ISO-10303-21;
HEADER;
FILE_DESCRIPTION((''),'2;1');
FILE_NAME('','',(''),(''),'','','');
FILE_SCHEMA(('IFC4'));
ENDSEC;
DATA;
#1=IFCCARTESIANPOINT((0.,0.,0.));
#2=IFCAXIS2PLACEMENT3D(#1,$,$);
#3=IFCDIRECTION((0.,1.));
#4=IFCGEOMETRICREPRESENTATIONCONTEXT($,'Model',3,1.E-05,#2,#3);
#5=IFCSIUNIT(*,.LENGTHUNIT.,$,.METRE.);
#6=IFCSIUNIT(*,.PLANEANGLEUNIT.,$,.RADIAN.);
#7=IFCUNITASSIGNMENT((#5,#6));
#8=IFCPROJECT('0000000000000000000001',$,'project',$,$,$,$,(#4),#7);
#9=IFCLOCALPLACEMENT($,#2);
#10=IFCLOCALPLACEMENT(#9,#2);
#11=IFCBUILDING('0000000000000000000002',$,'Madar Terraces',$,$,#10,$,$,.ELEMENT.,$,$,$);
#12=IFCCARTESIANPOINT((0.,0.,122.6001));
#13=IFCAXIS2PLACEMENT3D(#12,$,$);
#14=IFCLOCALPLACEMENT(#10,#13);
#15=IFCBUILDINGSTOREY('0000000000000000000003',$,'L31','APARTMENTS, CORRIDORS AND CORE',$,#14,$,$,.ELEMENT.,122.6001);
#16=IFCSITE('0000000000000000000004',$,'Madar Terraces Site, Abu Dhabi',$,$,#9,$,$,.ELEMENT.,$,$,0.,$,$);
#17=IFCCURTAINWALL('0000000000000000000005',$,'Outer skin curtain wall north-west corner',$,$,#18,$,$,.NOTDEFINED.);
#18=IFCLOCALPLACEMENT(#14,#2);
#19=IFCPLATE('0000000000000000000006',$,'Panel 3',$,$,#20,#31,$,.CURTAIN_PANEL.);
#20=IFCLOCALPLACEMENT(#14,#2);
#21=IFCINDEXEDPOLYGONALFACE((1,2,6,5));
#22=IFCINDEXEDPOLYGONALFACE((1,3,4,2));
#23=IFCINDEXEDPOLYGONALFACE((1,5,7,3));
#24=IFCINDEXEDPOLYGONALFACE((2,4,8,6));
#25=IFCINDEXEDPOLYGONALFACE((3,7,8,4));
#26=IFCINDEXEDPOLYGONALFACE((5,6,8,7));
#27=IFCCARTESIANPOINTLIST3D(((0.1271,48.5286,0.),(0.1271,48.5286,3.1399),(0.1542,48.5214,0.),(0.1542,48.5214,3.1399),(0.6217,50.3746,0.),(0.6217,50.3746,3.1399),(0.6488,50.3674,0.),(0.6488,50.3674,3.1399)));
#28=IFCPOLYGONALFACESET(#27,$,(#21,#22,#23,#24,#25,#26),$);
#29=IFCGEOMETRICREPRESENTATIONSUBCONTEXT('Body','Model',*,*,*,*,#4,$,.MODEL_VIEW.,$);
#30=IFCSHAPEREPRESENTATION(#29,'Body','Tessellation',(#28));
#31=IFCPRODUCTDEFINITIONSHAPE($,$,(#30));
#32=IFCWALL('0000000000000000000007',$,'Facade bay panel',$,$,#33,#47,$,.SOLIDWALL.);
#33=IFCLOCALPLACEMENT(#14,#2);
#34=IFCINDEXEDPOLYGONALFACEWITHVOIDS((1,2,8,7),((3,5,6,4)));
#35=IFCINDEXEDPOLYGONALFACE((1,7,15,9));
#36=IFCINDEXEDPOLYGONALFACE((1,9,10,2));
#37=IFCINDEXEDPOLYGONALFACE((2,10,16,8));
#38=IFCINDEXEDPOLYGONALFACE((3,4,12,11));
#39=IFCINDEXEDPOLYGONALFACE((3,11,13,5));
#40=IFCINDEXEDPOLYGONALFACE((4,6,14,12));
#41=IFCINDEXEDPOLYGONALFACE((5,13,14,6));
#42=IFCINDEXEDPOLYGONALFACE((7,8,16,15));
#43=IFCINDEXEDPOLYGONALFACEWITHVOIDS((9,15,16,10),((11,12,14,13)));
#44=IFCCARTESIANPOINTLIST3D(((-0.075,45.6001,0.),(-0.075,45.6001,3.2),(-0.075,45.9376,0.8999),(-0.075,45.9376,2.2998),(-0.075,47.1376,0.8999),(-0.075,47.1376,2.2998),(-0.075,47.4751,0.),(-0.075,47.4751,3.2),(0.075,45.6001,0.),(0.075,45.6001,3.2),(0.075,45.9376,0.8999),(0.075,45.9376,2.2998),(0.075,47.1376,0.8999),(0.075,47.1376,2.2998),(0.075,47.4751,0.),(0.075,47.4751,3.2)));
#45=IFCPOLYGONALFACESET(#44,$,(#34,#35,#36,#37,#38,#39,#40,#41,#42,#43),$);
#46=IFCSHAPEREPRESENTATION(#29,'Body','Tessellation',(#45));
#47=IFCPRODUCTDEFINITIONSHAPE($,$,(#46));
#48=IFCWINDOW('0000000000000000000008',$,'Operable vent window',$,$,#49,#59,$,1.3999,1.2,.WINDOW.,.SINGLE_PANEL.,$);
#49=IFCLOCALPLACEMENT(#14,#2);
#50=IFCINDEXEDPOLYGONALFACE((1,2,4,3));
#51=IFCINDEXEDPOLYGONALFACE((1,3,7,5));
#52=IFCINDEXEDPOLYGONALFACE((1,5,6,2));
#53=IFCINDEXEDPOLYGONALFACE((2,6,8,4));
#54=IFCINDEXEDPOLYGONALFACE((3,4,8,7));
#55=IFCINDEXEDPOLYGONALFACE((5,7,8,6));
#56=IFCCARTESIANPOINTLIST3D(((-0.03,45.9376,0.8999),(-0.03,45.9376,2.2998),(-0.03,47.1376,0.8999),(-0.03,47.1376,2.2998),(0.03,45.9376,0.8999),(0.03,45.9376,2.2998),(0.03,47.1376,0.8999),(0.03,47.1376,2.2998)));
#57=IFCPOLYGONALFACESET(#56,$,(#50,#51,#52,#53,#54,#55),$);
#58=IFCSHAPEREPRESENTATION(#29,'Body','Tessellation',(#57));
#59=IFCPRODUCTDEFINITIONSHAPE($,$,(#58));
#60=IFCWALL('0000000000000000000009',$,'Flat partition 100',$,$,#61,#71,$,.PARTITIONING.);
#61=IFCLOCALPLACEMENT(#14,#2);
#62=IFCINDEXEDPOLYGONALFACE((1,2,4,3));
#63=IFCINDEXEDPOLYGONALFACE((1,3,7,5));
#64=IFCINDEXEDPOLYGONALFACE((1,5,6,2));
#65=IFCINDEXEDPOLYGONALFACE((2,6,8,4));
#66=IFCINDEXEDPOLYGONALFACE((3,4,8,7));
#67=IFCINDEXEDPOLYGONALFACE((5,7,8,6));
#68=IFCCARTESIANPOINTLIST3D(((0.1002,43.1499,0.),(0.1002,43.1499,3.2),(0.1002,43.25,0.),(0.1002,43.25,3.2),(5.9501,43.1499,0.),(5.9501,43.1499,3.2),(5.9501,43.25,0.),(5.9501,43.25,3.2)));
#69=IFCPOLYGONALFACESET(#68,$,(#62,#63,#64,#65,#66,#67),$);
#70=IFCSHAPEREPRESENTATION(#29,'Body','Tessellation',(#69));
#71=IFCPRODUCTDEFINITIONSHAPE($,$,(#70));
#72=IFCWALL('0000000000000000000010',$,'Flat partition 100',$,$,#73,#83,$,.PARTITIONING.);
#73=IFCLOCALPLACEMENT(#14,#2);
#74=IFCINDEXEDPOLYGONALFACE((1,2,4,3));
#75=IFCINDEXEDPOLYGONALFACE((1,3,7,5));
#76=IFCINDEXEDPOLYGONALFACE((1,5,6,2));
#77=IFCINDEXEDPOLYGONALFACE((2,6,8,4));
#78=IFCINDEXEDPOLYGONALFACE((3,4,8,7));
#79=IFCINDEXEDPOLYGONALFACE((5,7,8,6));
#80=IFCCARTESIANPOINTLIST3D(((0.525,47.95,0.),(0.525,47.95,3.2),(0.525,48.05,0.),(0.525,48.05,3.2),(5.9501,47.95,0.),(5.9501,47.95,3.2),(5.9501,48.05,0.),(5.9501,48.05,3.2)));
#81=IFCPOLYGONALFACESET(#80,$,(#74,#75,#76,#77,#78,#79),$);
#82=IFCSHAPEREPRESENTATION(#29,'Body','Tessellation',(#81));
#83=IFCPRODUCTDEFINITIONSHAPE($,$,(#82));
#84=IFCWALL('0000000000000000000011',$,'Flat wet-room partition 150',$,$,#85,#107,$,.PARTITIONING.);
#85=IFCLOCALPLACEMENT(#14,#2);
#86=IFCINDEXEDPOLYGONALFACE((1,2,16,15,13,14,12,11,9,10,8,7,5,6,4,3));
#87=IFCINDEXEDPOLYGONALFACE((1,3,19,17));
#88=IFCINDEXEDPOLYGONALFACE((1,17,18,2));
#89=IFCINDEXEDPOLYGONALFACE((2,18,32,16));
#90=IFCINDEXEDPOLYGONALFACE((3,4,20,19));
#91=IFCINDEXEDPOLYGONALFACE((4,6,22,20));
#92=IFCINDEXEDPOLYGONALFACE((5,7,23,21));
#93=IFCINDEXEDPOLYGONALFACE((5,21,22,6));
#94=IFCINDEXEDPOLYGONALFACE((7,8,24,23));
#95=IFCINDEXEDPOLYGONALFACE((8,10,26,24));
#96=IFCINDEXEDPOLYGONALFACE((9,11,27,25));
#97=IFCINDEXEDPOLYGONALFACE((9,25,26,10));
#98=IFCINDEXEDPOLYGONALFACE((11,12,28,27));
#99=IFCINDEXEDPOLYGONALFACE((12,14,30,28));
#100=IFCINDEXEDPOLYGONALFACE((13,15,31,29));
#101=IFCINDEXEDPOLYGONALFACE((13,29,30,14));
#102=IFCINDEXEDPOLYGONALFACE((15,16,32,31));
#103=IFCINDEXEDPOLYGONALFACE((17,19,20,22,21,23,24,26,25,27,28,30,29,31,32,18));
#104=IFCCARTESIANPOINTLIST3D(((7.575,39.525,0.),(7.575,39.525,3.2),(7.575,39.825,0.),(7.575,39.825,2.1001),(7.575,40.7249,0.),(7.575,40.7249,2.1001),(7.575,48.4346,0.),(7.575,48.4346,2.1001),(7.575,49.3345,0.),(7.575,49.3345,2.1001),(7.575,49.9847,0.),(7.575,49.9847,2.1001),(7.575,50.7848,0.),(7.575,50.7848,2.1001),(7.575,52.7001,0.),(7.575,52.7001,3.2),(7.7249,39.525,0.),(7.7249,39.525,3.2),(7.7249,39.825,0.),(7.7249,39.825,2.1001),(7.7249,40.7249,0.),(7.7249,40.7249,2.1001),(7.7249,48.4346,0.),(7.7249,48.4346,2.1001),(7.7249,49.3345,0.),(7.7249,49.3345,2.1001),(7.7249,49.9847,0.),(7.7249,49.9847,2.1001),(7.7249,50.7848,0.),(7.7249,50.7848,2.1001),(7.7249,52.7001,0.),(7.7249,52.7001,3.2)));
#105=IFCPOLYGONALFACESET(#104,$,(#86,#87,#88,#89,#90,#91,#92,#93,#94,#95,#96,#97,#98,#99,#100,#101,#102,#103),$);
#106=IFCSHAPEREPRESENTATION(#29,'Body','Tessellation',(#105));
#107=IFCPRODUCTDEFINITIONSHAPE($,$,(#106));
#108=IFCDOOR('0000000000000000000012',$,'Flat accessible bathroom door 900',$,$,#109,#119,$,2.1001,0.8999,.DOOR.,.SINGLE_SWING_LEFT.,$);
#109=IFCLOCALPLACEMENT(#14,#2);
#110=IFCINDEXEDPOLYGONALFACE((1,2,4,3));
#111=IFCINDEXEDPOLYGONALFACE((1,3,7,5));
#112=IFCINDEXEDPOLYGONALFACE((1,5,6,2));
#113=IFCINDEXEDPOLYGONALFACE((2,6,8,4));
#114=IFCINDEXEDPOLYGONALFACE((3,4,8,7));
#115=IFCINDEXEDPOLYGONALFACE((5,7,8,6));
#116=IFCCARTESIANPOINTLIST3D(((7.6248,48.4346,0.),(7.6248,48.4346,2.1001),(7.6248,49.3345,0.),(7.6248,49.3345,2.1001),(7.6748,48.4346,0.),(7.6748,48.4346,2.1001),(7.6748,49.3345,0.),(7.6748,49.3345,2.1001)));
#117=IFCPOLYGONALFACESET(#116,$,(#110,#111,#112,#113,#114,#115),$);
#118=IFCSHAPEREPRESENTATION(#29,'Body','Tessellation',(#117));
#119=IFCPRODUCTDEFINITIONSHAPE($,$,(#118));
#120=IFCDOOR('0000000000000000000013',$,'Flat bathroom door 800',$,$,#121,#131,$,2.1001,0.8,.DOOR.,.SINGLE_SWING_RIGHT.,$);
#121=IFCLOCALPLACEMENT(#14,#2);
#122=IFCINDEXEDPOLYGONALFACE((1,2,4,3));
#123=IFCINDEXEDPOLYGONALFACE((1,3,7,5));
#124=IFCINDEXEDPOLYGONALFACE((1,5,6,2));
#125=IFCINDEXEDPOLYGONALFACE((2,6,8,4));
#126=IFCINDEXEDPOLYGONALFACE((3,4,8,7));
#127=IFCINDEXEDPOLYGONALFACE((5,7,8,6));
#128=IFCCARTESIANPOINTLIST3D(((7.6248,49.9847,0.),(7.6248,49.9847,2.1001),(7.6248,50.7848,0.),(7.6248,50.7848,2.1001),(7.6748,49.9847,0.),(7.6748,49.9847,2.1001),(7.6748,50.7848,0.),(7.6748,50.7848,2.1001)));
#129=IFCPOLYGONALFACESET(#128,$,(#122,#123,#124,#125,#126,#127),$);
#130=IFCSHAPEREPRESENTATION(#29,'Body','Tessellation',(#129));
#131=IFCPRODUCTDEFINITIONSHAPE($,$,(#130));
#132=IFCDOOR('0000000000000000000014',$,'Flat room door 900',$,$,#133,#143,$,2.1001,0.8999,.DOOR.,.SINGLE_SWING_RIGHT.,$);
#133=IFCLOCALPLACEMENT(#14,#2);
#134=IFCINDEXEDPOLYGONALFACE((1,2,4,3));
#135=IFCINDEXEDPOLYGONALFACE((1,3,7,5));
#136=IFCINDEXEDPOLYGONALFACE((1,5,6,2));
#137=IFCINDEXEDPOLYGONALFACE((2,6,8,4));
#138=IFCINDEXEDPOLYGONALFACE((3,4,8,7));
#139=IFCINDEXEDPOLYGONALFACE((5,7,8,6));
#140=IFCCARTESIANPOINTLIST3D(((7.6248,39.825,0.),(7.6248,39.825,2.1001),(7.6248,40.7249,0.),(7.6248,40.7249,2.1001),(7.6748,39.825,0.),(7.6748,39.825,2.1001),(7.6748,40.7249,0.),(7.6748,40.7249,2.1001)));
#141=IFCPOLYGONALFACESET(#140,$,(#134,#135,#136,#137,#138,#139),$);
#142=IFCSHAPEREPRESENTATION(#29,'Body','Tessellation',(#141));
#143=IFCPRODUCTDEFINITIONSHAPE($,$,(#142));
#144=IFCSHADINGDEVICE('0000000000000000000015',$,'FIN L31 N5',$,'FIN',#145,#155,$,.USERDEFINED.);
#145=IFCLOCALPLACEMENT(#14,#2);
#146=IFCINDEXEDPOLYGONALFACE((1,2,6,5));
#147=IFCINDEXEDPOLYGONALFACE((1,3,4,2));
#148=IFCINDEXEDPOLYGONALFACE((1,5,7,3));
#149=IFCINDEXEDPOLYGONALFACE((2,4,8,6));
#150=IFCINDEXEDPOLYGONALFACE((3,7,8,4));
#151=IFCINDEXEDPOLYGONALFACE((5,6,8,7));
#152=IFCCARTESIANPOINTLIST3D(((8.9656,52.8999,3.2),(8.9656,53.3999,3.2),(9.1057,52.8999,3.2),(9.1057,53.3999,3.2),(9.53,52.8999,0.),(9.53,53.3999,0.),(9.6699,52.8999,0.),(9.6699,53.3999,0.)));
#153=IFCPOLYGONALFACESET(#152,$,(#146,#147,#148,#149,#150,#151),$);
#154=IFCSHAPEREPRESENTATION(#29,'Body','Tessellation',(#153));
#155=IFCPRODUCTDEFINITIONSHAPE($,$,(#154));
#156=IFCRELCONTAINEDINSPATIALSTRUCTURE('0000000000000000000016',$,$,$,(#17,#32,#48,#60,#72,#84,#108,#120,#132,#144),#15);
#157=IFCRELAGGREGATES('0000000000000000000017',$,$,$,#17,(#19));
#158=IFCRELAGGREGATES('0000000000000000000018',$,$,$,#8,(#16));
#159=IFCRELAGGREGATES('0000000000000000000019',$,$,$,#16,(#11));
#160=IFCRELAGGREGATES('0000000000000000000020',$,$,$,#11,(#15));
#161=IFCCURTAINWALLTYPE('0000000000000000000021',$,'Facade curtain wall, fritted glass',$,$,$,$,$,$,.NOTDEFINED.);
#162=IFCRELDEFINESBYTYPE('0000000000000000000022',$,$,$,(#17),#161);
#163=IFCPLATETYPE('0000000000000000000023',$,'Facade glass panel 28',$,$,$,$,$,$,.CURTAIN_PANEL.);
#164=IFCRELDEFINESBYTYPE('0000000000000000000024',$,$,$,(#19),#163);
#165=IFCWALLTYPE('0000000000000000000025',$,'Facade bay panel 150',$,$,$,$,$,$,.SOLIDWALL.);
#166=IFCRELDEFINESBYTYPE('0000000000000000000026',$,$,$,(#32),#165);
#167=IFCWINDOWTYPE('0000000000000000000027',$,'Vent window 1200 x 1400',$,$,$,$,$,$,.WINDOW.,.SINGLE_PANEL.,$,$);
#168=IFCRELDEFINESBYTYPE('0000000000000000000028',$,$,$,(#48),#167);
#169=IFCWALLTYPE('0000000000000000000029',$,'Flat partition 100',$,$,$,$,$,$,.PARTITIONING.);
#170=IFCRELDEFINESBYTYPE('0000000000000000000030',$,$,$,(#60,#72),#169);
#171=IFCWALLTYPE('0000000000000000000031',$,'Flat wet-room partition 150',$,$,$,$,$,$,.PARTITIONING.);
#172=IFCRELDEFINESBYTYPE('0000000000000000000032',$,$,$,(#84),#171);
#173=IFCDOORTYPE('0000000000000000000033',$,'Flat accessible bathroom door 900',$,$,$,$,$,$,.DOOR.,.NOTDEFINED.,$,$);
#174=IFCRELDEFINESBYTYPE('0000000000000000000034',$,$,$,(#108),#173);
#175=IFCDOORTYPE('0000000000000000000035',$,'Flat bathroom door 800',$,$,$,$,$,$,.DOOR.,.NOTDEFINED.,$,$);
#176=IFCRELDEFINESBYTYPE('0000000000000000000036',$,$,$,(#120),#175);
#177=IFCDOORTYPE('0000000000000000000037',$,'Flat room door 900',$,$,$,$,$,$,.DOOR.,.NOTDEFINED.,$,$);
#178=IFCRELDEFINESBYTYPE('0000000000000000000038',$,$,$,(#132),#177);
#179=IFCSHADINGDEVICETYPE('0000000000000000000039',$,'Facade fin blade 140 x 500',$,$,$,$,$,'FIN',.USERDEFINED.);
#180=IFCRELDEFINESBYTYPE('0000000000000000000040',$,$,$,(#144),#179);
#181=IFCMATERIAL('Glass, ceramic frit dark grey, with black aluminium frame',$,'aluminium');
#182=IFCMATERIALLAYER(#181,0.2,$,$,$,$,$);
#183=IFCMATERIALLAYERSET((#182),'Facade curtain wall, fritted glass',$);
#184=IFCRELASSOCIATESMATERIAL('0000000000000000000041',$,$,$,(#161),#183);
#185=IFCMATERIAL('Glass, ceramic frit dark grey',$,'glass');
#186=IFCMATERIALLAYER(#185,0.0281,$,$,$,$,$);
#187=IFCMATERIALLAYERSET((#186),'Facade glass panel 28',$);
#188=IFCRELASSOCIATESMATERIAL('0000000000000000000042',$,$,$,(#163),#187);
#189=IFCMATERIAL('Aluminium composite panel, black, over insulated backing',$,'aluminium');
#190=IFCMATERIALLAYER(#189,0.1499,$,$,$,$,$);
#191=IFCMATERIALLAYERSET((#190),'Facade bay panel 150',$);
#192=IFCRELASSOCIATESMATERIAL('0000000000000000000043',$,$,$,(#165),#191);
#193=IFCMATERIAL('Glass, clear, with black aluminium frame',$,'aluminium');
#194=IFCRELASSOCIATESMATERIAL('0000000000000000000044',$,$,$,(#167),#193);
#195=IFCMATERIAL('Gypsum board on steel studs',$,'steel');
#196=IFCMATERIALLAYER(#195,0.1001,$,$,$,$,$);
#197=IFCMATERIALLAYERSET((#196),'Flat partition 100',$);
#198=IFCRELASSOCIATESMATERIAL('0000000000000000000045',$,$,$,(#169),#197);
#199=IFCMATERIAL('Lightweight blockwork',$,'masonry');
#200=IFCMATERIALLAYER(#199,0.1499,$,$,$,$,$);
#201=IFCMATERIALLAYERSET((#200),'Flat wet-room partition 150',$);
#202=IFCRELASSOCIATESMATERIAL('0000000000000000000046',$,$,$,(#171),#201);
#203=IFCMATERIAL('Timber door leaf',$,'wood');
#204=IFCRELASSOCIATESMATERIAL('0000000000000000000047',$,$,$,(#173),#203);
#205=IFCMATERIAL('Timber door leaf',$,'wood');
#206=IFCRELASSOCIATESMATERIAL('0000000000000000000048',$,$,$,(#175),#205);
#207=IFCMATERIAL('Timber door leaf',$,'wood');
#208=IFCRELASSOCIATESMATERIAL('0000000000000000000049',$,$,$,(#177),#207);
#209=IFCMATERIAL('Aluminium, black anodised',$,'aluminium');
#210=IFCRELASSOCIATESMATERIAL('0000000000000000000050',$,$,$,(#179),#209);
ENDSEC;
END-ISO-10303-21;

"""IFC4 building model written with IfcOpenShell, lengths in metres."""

from ifc_helpers import new_model, si_unit, direction, frame, frame_2d, origin, origin_2d, place, context, subcontext, project, spatial, polyline, rectangle, outline, extrude, material, layer, layer_set, type_object, element, fill, aggregate, save


model = new_model("IFC4")

# Units and contexts
model_context = context("Model", 3, precision=1e-05, world=origin(), true_north=direction((0.0, 1.0)))
body_context = subcontext(model_context, "Body", "Model", "MODEL_VIEW")
ifc_project = project(units=[si_unit("LENGTHUNIT", "METRE"), si_unit("PLANEANGLEUNIT", "RADIAN")], contexts=[model_context])

# Site, building, storey
site_placement = place(None, origin())
site = spatial("IfcSite", under=ifc_project, at=site_placement, Name="Madar Terraces Site, Abu Dhabi", CompositionType="ELEMENT", RefElevation=0.0)
building_placement = place(site_placement, origin())
building = spatial("IfcBuilding", under=site, at=building_placement, Name="Madar Terraces", CompositionType="ELEMENT")
storey_placement = place(building_placement, frame((0.0, 0.0, 122.6001)))
storey = spatial("IfcBuildingStorey", under=building, at=storey_placement, Name="L31", Description="APARTMENTS, CORRIDORS AND CORE", CompositionType="ELEMENT", Elevation=122.6001)

# Shared definitions
ifc_material_1 = material(Name="Glass, ceramic frit dark grey, with black aluminium frame", Category="aluminium")
ifc_layer_1 = layer(ifc_material_1, 0.2)
ifc_layer_set_1 = layer_set([ifc_layer_1], Name="Facade curtain wall, fritted glass")
curtain_wall_type = type_object("IfcCurtainWallType", Name="Facade curtain wall, fritted glass", PredefinedType="NOTDEFINED", material=ifc_layer_set_1)

# Curtain wall
curtain_wall_1_placement = place(storey_placement, origin())
curtain_wall_1 = element("IfcCurtainWall", 1, at=curtain_wall_1_placement, inside=storey, type_object=curtain_wall_type, Name="Outer skin curtain wall north-west corner", PredefinedType="NOTDEFINED")

# Plate
ifc_material_2 = material(Name="Glass, ceramic frit dark grey", Category="glass")
ifc_layer_2 = layer(ifc_material_2, 0.0281)
ifc_layer_set_2 = layer_set([ifc_layer_2], Name="Facade glass panel 28")
plate_type = type_object("IfcPlateType", Name="Facade glass panel 28", PredefinedType="CURTAIN_PANEL", material=ifc_layer_set_2)
plate_1_placement = place(storey_placement, frame((0.3879, 49.448, 0.0), z_axis=(0.0, 0.0, 1.0), x_axis=(-0.258819, -0.965926, 0.0)))
plate_1 = element("IfcPlate", 2, at=plate_1_placement, type_object=plate_type, Name="Panel 3", PredefinedType="CURTAIN_PANEL", context=body_context, shape_type="SweptSolid", body=[
    extrude(rectangle(XDim=1.9111, YDim=0.0281, at=origin_2d()), origin(), (0.0, 0.0, 1.0), 3.1399),
])
aggregate(curtain_wall_1, [plate_1])

# Wall, opening, window
ifc_material_3 = material(Name="Aluminium composite panel, black, over insulated backing", Category="aluminium")
ifc_layer_3 = layer(ifc_material_3, 0.1499)
ifc_layer_set_3 = layer_set([ifc_layer_3], Name="Facade bay panel 150")
wall_type_1 = type_object("IfcWallType", Name="Facade bay panel 150", PredefinedType="SOLIDWALL", material=ifc_layer_set_3)
wall_1_placement = place(storey_placement, frame((0.0, 47.4751, 0.0), z_axis=(0.0, 0.0, 1.0), x_axis=(0.0, -1.0, 0.0)))
wall_1 = element("IfcWall", 3, at=wall_1_placement, inside=storey, type_object=wall_type_1, Name="Facade bay panel", PredefinedType="SOLIDWALL", context=body_context, shape_type="SweptSolid", body=[
    extrude(rectangle(XDim=1.875, YDim=0.1499, at=frame_2d((0.9375, 0.0))), origin(), (0.0, 0.0, 1.0), 3.2),
])
opening_1_placement = place(wall_1_placement, frame((0.3374, 0.0, 0.8999)))
opening_1 = element("IfcOpeningElement", 4, at=opening_1_placement, cuts=wall_1, PredefinedType="OPENING", context=body_context, shape_type="SweptSolid", body=[
    extrude(rectangle(XDim=1.2, YDim=1.3999, at=frame_2d((0.6001, 0.7))), frame((0.0, 0.085, 0.0), z_axis=(0.0, -1.0, 0.0), x_axis=(1.0, 0.0, 0.0)), (0.0, 0.0, 1.0), 0.1699),
])
ifc_material_4 = material(Name="Glass, clear, with black aluminium frame", Category="aluminium")
window_type = type_object("IfcWindowType", Name="Vent window 1200 x 1400", PartitioningType="SINGLE_PANEL", PredefinedType="WINDOW", material=ifc_material_4)
window_placement = place(opening_1_placement, origin())
window = element("IfcWindow", 5, at=window_placement, inside=storey, type_object=window_type, Name="Operable vent window", OverallHeight=1.3999, OverallWidth=1.2, PartitioningType="SINGLE_PANEL", PredefinedType="WINDOW", context=body_context, shape_type="SweptSolid", body=[
    extrude(rectangle(XDim=1.2, YDim=1.3999, at=frame_2d((0.6001, 0.7))), frame((0.0, 0.03, 0.0), z_axis=(0.0, -1.0, 0.0), x_axis=(1.0, 0.0, 0.0)), (0.0, 0.0, 1.0), 0.0601),
])
fill(opening_1, window)

# Walls
ifc_material_5 = material(Name="Gypsum board on steel studs", Category="steel")
ifc_layer_4 = layer(ifc_material_5, 0.1001)
ifc_layer_set_4 = layer_set([ifc_layer_4], Name="Flat partition 100")
wall_type_2 = type_object("IfcWallType", Name="Flat partition 100", PredefinedType="PARTITIONING", material=ifc_layer_set_4)
wall_2_placement = place(storey_placement, frame((5.95, 43.2, 0.0), z_axis=(0.0, 0.0, 1.0), x_axis=(-1.0, 0.0, 0.0)))
element("IfcWall", 6, at=wall_2_placement, inside=storey, type_object=wall_type_2, Name="Flat partition 100", PredefinedType="PARTITIONING", context=body_context, shape_type="SweptSolid", body=[
    extrude(rectangle(XDim=5.8499, YDim=0.1001, at=frame_2d((2.9248, 0.0))), origin(), (0.0, 0.0, 1.0), 3.2),
])
wall_3_placement = place(storey_placement, frame((5.95, 48.0, 0.0), z_axis=(0.0, 0.0, 1.0), x_axis=(-1.0, 0.0, 0.0)))
element("IfcWall", 7, at=wall_3_placement, inside=storey, type_object=wall_type_2, Name="Flat partition 100", PredefinedType="PARTITIONING", context=body_context, shape_type="SweptSolid", body=[
    extrude(rectangle(XDim=5.425, YDim=0.1001, at=frame_2d((2.7124, 0.0))), origin(), (0.0, 0.0, 1.0), 3.2),
])

# Wall, openings, doors
ifc_material_6 = material(Name="Lightweight blockwork", Category="masonry")
ifc_layer_5 = layer(ifc_material_6, 0.1499)
ifc_layer_set_5 = layer_set([ifc_layer_5], Name="Flat wet-room partition 150")
wall_type_3 = type_object("IfcWallType", Name="Flat wet-room partition 150", PredefinedType="PARTITIONING", material=ifc_layer_set_5)
wall_4_placement = place(storey_placement, frame((7.6499, 52.7, 0.0), z_axis=(0.0, 0.0, 1.0), x_axis=(0.0, -1.0, 0.0)))
wall_4 = element("IfcWall", 8, at=wall_4_placement, inside=storey, type_object=wall_type_3, Name="Flat wet-room partition 150", PredefinedType="PARTITIONING", context=body_context, shape_type="SweptSolid", body=[
    extrude(rectangle(XDim=13.175, YDim=0.1499, at=frame_2d((6.5874, 0.0))), origin(), (0.0, 0.0, 1.0), 3.2),
])
opening_2_placement = place(wall_4_placement, frame((11.9751, 0.0, 0.0)))
opening_2 = element("IfcOpeningElement", 9, at=opening_2_placement, cuts=wall_4, PredefinedType="OPENING", context=body_context, shape_type="SweptSolid", body=[
    extrude(rectangle(XDim=0.8999, YDim=2.1001, at=frame_2d((0.45, 1.05))), frame((0.0, 0.085, 0.0), z_axis=(0.0, -1.0, 0.0), x_axis=(1.0, 0.0, 0.0)), (0.0, 0.0, 1.0), 0.1699),
])
opening_3_placement = place(wall_4_placement, frame((3.3655, 0.0, 0.0)))
opening_3 = element("IfcOpeningElement", 10, at=opening_3_placement, cuts=wall_4, PredefinedType="OPENING", context=body_context, shape_type="SweptSolid", body=[
    extrude(rectangle(XDim=0.8999, YDim=2.1001, at=frame_2d((0.45, 1.05))), frame((0.0, 0.085, 0.0), z_axis=(0.0, -1.0, 0.0), x_axis=(1.0, 0.0, 0.0)), (0.0, 0.0, 1.0), 0.1699),
])
opening_4_placement = place(wall_4_placement, frame((1.9153, 0.0, 0.0)))
opening_4 = element("IfcOpeningElement", 11, at=opening_4_placement, cuts=wall_4, PredefinedType="OPENING", context=body_context, shape_type="SweptSolid", body=[
    extrude(rectangle(XDim=0.8, YDim=2.1001, at=frame_2d((0.3999, 1.05))), frame((0.0, 0.085, 0.0), z_axis=(0.0, -1.0, 0.0), x_axis=(1.0, 0.0, 0.0)), (0.0, 0.0, 1.0), 0.1699),
])
ifc_material_7 = material(Name="Timber door leaf", Category="wood")
door_type_1 = type_object("IfcDoorType", Name="Flat accessible bathroom door 900", OperationType="NOTDEFINED", PredefinedType="DOOR", material=ifc_material_7)
door_1_placement = place(opening_3_placement, origin())
door_1 = element("IfcDoor", 12, at=door_1_placement, inside=storey, type_object=door_type_1, Name="Flat accessible bathroom door 900", OperationType="SINGLE_SWING_LEFT", OverallHeight=2.1001, OverallWidth=0.8999, PredefinedType="DOOR", context=body_context, shape_type="SweptSolid", body=[
    extrude(rectangle(XDim=0.8999, YDim=2.1001, at=frame_2d((0.45, 1.05))), frame((0.0, 0.0249, 0.0), z_axis=(0.0, -1.0, 0.0), x_axis=(1.0, 0.0, 0.0)), (0.0, 0.0, 1.0), 0.05),
])
fill(opening_3, door_1)
ifc_material_8 = material(Name="Timber door leaf", Category="wood")
door_type_2 = type_object("IfcDoorType", Name="Flat bathroom door 800", OperationType="NOTDEFINED", PredefinedType="DOOR", material=ifc_material_8)
door_2_placement = place(opening_4_placement, origin())
door_2 = element("IfcDoor", 13, at=door_2_placement, inside=storey, type_object=door_type_2, Name="Flat bathroom door 800", OperationType="SINGLE_SWING_RIGHT", OverallHeight=2.1001, OverallWidth=0.8, PredefinedType="DOOR", context=body_context, shape_type="SweptSolid", body=[
    extrude(rectangle(XDim=0.8, YDim=2.1001, at=frame_2d((0.3999, 1.05))), frame((0.0, 0.0249, 0.0), z_axis=(0.0, -1.0, 0.0), x_axis=(1.0, 0.0, 0.0)), (0.0, 0.0, 1.0), 0.05),
])
fill(opening_4, door_2)
ifc_material_9 = material(Name="Timber door leaf", Category="wood")
door_type_3 = type_object("IfcDoorType", Name="Flat room door 900", OperationType="NOTDEFINED", PredefinedType="DOOR", material=ifc_material_9)
door_3_placement = place(opening_2_placement, origin())
door_3 = element("IfcDoor", 14, at=door_3_placement, inside=storey, type_object=door_type_3, Name="Flat room door 900", OperationType="SINGLE_SWING_RIGHT", OverallHeight=2.1001, OverallWidth=0.8999, PredefinedType="DOOR", context=body_context, shape_type="SweptSolid", body=[
    extrude(rectangle(XDim=0.8999, YDim=2.1001, at=frame_2d((0.45, 1.05))), frame((0.0, 0.0249, 0.0), z_axis=(0.0, -1.0, 0.0), x_axis=(1.0, 0.0, 0.0)), (0.0, 0.0, 1.0), 0.05),
])
fill(opening_2, door_3)

# Shading device
ifc_material_10 = material(Name="Aluminium, black anodised", Category="aluminium")
shading_device_type = type_object("IfcShadingDeviceType", Name="Facade fin blade 140 x 500", ElementType="FIN", PredefinedType="USERDEFINED", material=ifc_material_10)
shading_device_1_placement = place(storey_placement, frame((9.6699, 53.1499, 0.0), z_axis=(0.0, 0.0, 1.0), x_axis=(-1.0, 0.0, 0.0)))
element("IfcShadingDevice", 15, at=shading_device_1_placement, inside=storey, type_object=shading_device_type, Name="FIN L31 N5", ObjectType="FIN", PredefinedType="USERDEFINED", context=body_context, shape_type="SweptSolid", body=[
    extrude(outline(polyline([(0.0, 0.0), (0.1399, 0.0), (0.7043, 3.2), (0.5642, 3.2), (0.0, 0.0)])), frame((0.0, 0.25, 0.0), z_axis=(0.0, -1.0, 0.0), x_axis=(1.0, 0.0, 0.0)), (0.0, 0.0, 1.0), 0.5),
])

save(model, "model.ifc")
